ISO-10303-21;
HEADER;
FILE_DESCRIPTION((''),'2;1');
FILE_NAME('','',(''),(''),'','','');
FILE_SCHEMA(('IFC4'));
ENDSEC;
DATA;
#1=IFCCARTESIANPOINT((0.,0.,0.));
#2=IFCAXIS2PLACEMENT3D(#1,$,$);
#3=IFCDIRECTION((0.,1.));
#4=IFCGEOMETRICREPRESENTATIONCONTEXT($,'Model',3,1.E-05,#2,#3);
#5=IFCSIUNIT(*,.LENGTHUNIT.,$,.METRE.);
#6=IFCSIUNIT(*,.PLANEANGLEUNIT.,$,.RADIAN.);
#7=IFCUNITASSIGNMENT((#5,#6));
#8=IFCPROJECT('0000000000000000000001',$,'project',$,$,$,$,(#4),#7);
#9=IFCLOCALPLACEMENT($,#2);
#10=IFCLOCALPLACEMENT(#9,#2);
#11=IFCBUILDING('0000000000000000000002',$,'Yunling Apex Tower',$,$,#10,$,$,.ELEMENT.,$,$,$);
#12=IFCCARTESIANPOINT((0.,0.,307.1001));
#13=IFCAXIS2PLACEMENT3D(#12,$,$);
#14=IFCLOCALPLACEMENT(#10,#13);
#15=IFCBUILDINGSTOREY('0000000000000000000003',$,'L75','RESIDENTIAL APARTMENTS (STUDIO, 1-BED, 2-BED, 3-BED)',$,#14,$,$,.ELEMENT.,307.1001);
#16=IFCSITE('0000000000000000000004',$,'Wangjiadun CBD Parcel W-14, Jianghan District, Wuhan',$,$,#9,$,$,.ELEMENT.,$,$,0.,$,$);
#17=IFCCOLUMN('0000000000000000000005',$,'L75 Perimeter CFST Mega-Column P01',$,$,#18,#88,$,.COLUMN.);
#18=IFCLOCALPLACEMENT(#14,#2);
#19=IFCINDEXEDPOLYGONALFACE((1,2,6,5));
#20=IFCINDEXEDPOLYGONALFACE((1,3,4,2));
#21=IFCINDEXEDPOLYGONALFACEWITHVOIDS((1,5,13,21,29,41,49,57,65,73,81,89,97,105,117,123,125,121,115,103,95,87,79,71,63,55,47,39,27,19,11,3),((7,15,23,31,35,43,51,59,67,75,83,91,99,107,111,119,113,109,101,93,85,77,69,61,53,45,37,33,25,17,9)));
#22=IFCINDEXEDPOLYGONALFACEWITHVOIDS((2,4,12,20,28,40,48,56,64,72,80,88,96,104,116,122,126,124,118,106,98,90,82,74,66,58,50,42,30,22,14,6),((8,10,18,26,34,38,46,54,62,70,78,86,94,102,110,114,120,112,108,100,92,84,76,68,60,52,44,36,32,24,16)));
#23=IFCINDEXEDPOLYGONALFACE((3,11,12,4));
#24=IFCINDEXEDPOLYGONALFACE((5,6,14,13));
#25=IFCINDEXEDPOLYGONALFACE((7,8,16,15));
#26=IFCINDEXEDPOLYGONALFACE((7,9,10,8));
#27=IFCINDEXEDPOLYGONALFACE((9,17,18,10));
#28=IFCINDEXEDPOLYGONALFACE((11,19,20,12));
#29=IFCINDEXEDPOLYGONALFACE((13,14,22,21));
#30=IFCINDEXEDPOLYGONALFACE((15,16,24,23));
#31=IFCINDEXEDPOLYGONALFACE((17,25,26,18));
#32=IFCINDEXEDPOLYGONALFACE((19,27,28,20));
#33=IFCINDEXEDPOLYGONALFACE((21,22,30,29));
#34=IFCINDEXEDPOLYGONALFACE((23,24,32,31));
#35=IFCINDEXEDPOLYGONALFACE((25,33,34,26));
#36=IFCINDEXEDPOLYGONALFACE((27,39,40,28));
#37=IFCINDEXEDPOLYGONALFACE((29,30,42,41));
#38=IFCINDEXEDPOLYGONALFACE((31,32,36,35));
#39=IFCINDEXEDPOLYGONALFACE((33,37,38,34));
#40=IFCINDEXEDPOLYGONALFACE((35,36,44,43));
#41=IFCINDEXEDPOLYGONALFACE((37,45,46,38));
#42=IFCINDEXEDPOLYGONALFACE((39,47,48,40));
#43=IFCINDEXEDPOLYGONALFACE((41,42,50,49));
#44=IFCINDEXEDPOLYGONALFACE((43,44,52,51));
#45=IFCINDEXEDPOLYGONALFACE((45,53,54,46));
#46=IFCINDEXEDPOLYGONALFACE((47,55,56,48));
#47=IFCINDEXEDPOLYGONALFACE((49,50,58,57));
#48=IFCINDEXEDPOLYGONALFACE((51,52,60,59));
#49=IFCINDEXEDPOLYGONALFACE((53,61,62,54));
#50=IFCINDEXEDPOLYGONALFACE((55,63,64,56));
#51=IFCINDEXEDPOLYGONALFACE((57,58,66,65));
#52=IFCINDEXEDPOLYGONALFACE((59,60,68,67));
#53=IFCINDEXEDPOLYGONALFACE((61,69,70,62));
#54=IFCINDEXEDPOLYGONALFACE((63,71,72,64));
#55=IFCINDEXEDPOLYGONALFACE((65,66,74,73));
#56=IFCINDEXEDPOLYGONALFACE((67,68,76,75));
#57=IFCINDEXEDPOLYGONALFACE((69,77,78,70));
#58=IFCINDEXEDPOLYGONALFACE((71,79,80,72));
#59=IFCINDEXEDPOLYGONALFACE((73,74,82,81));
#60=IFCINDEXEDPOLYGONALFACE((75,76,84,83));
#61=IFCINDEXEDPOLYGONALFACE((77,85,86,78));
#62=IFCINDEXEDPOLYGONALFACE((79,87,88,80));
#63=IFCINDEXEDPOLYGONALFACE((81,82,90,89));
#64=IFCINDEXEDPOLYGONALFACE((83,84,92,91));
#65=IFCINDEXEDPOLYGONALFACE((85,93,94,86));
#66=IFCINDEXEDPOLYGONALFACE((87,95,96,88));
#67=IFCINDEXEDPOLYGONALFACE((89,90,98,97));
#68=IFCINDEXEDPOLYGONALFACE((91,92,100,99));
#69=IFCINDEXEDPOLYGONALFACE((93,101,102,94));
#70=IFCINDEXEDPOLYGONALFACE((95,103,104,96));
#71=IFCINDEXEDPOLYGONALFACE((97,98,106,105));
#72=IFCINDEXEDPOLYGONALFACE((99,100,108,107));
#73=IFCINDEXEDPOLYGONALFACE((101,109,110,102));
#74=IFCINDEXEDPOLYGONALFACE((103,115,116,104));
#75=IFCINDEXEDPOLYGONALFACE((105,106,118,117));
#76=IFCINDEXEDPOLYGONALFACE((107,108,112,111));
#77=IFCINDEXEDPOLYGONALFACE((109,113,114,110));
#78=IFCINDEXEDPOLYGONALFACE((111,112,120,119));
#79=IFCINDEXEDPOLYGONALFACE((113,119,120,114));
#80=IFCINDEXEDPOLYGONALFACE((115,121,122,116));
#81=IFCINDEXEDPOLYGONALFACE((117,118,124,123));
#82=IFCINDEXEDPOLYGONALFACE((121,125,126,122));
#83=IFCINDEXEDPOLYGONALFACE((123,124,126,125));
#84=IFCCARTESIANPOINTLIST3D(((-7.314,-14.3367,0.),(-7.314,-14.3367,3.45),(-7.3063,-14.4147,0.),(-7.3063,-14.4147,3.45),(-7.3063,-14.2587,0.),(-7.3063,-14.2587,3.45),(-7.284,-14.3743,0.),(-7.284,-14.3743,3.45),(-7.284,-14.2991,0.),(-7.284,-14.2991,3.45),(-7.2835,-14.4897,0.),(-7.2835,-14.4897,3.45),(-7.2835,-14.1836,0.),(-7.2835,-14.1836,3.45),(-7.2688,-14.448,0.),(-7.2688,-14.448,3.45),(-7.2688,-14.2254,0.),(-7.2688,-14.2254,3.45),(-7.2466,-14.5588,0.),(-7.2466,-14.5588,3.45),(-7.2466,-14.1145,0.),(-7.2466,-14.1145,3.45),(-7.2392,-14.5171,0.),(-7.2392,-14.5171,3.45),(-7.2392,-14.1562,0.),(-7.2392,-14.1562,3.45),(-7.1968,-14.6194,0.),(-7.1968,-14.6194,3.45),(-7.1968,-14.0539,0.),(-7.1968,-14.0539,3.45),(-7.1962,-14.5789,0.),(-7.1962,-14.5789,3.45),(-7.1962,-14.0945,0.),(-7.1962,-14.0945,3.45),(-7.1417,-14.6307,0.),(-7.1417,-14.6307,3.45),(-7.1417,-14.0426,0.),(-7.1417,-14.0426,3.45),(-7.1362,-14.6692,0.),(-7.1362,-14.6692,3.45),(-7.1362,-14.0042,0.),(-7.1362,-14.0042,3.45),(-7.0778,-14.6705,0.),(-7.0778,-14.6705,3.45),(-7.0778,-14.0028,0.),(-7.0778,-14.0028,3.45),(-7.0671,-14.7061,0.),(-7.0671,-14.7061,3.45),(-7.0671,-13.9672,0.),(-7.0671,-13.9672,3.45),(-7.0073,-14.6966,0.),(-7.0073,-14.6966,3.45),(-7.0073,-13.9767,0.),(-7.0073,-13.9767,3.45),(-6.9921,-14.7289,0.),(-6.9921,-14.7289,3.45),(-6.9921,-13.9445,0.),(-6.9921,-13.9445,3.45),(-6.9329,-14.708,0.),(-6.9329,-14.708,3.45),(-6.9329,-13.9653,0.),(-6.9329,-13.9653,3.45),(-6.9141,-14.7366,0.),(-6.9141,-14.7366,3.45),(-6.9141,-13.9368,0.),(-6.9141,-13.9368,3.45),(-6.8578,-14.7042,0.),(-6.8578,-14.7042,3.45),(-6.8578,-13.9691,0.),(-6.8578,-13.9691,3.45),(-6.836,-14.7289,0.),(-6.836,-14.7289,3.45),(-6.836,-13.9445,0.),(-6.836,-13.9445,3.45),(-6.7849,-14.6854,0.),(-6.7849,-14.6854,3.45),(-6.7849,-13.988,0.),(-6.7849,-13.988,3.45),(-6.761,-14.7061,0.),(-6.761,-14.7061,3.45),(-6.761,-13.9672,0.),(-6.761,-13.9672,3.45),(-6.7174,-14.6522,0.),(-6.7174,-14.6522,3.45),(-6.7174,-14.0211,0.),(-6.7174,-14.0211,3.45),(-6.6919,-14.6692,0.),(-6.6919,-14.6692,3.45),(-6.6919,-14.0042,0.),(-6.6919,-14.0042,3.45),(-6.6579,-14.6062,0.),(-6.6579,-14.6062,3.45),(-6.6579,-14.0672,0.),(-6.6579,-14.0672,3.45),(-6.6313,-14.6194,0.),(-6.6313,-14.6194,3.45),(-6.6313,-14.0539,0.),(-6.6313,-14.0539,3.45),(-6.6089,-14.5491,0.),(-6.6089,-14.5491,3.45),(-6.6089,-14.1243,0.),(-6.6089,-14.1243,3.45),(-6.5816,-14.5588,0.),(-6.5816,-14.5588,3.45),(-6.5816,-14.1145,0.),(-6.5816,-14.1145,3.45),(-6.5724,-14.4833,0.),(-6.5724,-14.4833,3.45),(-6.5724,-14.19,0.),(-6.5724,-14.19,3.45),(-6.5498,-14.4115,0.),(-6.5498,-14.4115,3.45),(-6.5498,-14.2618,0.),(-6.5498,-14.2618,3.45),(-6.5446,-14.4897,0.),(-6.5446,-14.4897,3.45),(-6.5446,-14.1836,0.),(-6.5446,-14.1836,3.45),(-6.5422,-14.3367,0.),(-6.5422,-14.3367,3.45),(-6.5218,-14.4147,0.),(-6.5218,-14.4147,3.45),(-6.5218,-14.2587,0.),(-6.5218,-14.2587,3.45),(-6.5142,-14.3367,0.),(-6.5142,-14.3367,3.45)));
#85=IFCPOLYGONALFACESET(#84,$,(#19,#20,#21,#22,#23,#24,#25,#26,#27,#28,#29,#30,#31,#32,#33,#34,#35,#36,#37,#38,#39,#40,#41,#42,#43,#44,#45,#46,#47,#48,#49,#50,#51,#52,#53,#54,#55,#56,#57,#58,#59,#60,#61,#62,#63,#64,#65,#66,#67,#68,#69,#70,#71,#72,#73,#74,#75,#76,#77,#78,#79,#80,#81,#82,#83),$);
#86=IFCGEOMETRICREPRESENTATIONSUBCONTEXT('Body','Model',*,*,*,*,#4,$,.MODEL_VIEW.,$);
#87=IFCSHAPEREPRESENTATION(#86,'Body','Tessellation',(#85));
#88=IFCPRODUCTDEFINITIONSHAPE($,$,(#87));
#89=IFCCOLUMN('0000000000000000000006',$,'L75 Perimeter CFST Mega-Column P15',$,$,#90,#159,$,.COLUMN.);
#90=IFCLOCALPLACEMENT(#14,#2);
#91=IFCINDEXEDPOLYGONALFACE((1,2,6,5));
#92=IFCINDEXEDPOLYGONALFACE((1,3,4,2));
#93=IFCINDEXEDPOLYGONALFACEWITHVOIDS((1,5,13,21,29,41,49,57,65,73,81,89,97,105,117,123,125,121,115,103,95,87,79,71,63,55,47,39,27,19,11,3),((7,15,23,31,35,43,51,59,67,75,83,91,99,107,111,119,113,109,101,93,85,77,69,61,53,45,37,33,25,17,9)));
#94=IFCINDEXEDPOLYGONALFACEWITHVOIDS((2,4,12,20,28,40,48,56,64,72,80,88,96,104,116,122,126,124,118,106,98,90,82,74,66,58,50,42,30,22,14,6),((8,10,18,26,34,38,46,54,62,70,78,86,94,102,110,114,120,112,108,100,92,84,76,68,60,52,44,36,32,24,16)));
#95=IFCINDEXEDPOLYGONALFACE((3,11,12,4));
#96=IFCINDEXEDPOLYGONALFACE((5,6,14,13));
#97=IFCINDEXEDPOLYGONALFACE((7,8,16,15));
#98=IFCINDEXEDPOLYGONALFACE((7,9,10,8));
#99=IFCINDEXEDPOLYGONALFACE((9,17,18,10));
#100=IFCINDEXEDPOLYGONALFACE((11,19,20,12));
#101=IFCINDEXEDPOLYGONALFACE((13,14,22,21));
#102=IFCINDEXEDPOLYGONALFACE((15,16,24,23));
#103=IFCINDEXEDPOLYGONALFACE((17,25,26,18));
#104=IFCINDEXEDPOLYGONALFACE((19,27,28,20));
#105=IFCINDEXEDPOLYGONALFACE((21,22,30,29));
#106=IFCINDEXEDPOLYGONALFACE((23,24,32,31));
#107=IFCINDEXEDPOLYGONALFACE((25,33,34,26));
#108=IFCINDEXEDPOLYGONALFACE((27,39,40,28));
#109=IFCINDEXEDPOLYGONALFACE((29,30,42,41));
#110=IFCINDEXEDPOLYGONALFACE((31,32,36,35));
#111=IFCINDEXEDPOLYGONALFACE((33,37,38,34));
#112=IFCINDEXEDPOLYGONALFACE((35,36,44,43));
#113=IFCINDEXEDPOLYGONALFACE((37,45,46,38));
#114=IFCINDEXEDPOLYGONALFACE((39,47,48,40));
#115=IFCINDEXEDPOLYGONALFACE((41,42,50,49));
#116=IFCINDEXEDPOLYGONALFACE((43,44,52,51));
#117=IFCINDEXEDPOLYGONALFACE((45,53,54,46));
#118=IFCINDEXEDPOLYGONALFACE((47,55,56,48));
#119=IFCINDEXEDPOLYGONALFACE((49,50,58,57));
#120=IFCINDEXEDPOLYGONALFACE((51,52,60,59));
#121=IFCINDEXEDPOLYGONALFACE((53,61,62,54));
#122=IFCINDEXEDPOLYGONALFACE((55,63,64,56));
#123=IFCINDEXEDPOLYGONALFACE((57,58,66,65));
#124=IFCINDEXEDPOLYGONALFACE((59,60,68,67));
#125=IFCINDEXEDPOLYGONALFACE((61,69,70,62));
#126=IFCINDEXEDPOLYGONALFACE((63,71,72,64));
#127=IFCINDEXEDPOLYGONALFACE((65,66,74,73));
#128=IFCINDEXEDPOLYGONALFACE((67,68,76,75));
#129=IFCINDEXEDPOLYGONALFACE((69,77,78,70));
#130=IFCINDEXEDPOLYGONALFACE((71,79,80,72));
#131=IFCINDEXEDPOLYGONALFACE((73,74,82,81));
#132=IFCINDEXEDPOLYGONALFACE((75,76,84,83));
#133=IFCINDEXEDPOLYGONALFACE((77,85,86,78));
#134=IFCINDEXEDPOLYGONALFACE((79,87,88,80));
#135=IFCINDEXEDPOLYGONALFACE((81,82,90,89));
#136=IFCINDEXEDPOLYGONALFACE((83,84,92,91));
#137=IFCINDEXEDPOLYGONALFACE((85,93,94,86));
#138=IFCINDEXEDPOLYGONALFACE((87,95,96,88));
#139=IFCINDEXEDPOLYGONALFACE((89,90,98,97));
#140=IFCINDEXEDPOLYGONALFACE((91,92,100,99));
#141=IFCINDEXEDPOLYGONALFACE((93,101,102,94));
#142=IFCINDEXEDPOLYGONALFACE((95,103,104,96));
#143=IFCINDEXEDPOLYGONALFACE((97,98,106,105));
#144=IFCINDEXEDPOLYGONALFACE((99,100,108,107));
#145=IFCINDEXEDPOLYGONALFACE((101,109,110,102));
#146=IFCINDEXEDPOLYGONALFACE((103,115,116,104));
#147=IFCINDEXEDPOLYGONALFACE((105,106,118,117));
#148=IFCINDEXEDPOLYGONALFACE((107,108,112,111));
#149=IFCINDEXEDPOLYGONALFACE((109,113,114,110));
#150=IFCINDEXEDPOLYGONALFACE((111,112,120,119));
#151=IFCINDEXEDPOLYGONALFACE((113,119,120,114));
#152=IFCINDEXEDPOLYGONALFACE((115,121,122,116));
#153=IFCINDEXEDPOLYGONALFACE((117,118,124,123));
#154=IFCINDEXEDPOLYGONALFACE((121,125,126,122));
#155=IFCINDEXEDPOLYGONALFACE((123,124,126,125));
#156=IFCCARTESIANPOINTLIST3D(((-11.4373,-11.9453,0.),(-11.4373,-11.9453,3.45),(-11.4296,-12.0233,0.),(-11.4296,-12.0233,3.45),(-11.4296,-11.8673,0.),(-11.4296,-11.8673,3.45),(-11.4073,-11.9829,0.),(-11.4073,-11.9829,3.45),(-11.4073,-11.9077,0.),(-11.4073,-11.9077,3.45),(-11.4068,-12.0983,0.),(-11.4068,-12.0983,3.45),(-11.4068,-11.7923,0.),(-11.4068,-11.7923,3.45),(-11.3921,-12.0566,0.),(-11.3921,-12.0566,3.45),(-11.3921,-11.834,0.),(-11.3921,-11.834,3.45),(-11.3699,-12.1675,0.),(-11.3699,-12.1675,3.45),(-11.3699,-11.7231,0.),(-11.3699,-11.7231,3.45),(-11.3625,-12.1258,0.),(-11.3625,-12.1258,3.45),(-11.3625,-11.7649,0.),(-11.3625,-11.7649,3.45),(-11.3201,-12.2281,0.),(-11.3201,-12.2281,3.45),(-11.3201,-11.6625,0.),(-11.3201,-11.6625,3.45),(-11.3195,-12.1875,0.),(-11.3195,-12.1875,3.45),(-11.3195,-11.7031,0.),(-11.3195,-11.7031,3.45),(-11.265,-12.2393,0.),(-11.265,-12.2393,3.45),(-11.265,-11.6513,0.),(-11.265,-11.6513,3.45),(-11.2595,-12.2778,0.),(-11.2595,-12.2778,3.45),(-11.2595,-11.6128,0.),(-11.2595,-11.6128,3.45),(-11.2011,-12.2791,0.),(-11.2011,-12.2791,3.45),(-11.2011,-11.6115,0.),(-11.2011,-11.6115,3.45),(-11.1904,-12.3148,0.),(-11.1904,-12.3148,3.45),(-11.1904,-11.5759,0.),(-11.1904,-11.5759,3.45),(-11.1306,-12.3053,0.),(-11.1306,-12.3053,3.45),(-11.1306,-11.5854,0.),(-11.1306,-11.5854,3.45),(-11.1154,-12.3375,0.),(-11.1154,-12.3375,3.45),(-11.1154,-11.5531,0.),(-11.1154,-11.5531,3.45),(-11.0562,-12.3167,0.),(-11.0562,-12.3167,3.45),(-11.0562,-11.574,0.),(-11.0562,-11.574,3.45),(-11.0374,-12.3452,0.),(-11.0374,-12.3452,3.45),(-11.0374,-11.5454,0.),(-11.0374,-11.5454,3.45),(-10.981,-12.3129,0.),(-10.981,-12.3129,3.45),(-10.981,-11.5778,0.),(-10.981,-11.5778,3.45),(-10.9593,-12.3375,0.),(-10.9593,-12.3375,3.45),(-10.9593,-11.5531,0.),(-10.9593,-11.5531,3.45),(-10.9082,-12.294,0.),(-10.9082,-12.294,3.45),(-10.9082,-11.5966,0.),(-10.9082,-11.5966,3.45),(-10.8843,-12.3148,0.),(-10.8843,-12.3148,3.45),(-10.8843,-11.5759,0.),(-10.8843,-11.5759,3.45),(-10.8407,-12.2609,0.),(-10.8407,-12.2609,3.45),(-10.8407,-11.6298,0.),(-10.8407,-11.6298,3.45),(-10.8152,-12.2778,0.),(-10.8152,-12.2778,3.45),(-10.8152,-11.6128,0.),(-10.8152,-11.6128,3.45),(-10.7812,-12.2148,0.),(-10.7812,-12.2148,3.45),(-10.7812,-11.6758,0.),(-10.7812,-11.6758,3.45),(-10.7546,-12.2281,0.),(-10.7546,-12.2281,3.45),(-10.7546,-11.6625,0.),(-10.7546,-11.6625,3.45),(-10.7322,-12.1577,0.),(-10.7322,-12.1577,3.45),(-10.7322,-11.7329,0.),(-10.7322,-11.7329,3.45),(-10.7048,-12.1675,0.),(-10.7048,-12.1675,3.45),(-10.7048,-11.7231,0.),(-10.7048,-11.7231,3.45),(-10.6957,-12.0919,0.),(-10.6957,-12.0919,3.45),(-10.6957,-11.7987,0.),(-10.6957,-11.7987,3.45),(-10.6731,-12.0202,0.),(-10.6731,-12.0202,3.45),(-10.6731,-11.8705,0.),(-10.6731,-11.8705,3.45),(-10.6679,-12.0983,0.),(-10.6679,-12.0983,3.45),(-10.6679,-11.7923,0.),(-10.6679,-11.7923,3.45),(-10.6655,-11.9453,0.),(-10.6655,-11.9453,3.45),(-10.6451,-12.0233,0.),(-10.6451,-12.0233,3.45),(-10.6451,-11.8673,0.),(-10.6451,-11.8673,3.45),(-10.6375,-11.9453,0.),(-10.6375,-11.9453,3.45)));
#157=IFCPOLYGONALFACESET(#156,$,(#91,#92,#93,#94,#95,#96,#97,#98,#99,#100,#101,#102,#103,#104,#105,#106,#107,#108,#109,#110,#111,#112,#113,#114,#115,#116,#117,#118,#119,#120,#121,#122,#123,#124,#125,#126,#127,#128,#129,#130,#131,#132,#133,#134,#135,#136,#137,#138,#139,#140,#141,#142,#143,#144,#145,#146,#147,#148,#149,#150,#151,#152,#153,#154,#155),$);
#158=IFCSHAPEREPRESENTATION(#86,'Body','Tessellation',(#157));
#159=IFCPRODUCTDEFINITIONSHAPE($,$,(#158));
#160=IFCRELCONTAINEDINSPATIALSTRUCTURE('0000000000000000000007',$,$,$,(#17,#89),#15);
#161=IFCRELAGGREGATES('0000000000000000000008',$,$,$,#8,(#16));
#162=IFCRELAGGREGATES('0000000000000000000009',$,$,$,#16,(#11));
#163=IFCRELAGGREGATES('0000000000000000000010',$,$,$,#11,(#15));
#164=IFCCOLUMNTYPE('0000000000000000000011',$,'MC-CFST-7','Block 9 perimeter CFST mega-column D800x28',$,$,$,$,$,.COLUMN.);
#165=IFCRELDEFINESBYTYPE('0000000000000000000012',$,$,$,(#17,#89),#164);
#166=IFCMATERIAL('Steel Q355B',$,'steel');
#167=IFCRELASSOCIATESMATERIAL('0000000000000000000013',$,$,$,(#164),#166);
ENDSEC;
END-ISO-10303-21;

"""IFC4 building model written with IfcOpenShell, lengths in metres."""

from ifc_helpers import new_model, si_unit, direction, frame, origin, origin_2d, place, context, subcontext, project, spatial, hollow_circle, extrude, source, transform, mapped, material, material_profile, profile_set, type_object, element, save


model = new_model("IFC4")

# Units and contexts
model_context = context("Model", 3, precision=1e-05, world=origin(), true_north=direction((0.0, 1.0)))
body_context = subcontext(model_context, "Body", "Model", "MODEL_VIEW")
ifc_project = project(units=[si_unit("LENGTHUNIT", "METRE"), si_unit("PLANEANGLEUNIT", "RADIAN")], contexts=[model_context])

# Site, building, storey
site_placement = place(None, origin())
site = spatial("IfcSite", under=ifc_project, at=site_placement, Name="Wangjiadun CBD Parcel W-14, Jianghan District, Wuhan", CompositionType="ELEMENT", RefElevation=0.0)
building_placement = place(site_placement, origin())
building = spatial("IfcBuilding", under=site, at=building_placement, Name="Yunling Apex Tower", CompositionType="ELEMENT")
storey_placement = place(building_placement, frame((0.0, 0.0, 307.1001)))
storey = spatial("IfcBuildingStorey", under=building, at=storey_placement, Name="L75", Description="RESIDENTIAL APARTMENTS (STUDIO, 1-BED, 2-BED, 3-BED)", CompositionType="ELEMENT", Elevation=307.1001)

# Columns
ifc_material_1 = material(Name="Steel Q355B", Category="steel")
ifc_material_profile_1 = material_profile(ifc_material_1, hollow_circle(Radius=0.3999, WallThickness=0.0281, at=origin_2d()))
ifc_profile_set_1 = profile_set([ifc_material_profile_1], Name="Steel Q355B")
column_type = type_object("IfcColumnType", Name="MC-CFST-7", Description="Block 9 perimeter CFST mega-column D800x28", PredefinedType="COLUMN", material=ifc_profile_set_1)
shared_shape_1 = source(origin(), body_context, "Body", "SweptSolid", [
    extrude(hollow_circle(Radius=0.3999, WallThickness=0.0281, at=origin_2d()), origin(), (0.0, 0.0, 1.0), 3.45),
])
for number, where, z_axis, x_axis, name in (
    (1, (-6.9141, -14.3367, 0.0), (0.0, 0.0, 1.0), (1.0, 0.0, 0.0), "L75 Perimeter CFST Mega-Column P01"),
    (2, (-11.0374, -11.9453, 0.0), (0.0, 0.0, 1.0), (1.0, 0.0, 0.0), "L75 Perimeter CFST Mega-Column P15"),
):
    element("IfcColumn", number, at=place(storey_placement, frame(where, z_axis=z_axis, x_axis=x_axis)), inside=storey, type_object=column_type, Name=name, PredefinedType="COLUMN", context=body_context, shape_type="MappedRepresentation", body=[
        mapped(shared_shape_1, transform((0.0, 0.0, 0.0), scale=1.0)),
    ])

save(model, "model.ifc")
